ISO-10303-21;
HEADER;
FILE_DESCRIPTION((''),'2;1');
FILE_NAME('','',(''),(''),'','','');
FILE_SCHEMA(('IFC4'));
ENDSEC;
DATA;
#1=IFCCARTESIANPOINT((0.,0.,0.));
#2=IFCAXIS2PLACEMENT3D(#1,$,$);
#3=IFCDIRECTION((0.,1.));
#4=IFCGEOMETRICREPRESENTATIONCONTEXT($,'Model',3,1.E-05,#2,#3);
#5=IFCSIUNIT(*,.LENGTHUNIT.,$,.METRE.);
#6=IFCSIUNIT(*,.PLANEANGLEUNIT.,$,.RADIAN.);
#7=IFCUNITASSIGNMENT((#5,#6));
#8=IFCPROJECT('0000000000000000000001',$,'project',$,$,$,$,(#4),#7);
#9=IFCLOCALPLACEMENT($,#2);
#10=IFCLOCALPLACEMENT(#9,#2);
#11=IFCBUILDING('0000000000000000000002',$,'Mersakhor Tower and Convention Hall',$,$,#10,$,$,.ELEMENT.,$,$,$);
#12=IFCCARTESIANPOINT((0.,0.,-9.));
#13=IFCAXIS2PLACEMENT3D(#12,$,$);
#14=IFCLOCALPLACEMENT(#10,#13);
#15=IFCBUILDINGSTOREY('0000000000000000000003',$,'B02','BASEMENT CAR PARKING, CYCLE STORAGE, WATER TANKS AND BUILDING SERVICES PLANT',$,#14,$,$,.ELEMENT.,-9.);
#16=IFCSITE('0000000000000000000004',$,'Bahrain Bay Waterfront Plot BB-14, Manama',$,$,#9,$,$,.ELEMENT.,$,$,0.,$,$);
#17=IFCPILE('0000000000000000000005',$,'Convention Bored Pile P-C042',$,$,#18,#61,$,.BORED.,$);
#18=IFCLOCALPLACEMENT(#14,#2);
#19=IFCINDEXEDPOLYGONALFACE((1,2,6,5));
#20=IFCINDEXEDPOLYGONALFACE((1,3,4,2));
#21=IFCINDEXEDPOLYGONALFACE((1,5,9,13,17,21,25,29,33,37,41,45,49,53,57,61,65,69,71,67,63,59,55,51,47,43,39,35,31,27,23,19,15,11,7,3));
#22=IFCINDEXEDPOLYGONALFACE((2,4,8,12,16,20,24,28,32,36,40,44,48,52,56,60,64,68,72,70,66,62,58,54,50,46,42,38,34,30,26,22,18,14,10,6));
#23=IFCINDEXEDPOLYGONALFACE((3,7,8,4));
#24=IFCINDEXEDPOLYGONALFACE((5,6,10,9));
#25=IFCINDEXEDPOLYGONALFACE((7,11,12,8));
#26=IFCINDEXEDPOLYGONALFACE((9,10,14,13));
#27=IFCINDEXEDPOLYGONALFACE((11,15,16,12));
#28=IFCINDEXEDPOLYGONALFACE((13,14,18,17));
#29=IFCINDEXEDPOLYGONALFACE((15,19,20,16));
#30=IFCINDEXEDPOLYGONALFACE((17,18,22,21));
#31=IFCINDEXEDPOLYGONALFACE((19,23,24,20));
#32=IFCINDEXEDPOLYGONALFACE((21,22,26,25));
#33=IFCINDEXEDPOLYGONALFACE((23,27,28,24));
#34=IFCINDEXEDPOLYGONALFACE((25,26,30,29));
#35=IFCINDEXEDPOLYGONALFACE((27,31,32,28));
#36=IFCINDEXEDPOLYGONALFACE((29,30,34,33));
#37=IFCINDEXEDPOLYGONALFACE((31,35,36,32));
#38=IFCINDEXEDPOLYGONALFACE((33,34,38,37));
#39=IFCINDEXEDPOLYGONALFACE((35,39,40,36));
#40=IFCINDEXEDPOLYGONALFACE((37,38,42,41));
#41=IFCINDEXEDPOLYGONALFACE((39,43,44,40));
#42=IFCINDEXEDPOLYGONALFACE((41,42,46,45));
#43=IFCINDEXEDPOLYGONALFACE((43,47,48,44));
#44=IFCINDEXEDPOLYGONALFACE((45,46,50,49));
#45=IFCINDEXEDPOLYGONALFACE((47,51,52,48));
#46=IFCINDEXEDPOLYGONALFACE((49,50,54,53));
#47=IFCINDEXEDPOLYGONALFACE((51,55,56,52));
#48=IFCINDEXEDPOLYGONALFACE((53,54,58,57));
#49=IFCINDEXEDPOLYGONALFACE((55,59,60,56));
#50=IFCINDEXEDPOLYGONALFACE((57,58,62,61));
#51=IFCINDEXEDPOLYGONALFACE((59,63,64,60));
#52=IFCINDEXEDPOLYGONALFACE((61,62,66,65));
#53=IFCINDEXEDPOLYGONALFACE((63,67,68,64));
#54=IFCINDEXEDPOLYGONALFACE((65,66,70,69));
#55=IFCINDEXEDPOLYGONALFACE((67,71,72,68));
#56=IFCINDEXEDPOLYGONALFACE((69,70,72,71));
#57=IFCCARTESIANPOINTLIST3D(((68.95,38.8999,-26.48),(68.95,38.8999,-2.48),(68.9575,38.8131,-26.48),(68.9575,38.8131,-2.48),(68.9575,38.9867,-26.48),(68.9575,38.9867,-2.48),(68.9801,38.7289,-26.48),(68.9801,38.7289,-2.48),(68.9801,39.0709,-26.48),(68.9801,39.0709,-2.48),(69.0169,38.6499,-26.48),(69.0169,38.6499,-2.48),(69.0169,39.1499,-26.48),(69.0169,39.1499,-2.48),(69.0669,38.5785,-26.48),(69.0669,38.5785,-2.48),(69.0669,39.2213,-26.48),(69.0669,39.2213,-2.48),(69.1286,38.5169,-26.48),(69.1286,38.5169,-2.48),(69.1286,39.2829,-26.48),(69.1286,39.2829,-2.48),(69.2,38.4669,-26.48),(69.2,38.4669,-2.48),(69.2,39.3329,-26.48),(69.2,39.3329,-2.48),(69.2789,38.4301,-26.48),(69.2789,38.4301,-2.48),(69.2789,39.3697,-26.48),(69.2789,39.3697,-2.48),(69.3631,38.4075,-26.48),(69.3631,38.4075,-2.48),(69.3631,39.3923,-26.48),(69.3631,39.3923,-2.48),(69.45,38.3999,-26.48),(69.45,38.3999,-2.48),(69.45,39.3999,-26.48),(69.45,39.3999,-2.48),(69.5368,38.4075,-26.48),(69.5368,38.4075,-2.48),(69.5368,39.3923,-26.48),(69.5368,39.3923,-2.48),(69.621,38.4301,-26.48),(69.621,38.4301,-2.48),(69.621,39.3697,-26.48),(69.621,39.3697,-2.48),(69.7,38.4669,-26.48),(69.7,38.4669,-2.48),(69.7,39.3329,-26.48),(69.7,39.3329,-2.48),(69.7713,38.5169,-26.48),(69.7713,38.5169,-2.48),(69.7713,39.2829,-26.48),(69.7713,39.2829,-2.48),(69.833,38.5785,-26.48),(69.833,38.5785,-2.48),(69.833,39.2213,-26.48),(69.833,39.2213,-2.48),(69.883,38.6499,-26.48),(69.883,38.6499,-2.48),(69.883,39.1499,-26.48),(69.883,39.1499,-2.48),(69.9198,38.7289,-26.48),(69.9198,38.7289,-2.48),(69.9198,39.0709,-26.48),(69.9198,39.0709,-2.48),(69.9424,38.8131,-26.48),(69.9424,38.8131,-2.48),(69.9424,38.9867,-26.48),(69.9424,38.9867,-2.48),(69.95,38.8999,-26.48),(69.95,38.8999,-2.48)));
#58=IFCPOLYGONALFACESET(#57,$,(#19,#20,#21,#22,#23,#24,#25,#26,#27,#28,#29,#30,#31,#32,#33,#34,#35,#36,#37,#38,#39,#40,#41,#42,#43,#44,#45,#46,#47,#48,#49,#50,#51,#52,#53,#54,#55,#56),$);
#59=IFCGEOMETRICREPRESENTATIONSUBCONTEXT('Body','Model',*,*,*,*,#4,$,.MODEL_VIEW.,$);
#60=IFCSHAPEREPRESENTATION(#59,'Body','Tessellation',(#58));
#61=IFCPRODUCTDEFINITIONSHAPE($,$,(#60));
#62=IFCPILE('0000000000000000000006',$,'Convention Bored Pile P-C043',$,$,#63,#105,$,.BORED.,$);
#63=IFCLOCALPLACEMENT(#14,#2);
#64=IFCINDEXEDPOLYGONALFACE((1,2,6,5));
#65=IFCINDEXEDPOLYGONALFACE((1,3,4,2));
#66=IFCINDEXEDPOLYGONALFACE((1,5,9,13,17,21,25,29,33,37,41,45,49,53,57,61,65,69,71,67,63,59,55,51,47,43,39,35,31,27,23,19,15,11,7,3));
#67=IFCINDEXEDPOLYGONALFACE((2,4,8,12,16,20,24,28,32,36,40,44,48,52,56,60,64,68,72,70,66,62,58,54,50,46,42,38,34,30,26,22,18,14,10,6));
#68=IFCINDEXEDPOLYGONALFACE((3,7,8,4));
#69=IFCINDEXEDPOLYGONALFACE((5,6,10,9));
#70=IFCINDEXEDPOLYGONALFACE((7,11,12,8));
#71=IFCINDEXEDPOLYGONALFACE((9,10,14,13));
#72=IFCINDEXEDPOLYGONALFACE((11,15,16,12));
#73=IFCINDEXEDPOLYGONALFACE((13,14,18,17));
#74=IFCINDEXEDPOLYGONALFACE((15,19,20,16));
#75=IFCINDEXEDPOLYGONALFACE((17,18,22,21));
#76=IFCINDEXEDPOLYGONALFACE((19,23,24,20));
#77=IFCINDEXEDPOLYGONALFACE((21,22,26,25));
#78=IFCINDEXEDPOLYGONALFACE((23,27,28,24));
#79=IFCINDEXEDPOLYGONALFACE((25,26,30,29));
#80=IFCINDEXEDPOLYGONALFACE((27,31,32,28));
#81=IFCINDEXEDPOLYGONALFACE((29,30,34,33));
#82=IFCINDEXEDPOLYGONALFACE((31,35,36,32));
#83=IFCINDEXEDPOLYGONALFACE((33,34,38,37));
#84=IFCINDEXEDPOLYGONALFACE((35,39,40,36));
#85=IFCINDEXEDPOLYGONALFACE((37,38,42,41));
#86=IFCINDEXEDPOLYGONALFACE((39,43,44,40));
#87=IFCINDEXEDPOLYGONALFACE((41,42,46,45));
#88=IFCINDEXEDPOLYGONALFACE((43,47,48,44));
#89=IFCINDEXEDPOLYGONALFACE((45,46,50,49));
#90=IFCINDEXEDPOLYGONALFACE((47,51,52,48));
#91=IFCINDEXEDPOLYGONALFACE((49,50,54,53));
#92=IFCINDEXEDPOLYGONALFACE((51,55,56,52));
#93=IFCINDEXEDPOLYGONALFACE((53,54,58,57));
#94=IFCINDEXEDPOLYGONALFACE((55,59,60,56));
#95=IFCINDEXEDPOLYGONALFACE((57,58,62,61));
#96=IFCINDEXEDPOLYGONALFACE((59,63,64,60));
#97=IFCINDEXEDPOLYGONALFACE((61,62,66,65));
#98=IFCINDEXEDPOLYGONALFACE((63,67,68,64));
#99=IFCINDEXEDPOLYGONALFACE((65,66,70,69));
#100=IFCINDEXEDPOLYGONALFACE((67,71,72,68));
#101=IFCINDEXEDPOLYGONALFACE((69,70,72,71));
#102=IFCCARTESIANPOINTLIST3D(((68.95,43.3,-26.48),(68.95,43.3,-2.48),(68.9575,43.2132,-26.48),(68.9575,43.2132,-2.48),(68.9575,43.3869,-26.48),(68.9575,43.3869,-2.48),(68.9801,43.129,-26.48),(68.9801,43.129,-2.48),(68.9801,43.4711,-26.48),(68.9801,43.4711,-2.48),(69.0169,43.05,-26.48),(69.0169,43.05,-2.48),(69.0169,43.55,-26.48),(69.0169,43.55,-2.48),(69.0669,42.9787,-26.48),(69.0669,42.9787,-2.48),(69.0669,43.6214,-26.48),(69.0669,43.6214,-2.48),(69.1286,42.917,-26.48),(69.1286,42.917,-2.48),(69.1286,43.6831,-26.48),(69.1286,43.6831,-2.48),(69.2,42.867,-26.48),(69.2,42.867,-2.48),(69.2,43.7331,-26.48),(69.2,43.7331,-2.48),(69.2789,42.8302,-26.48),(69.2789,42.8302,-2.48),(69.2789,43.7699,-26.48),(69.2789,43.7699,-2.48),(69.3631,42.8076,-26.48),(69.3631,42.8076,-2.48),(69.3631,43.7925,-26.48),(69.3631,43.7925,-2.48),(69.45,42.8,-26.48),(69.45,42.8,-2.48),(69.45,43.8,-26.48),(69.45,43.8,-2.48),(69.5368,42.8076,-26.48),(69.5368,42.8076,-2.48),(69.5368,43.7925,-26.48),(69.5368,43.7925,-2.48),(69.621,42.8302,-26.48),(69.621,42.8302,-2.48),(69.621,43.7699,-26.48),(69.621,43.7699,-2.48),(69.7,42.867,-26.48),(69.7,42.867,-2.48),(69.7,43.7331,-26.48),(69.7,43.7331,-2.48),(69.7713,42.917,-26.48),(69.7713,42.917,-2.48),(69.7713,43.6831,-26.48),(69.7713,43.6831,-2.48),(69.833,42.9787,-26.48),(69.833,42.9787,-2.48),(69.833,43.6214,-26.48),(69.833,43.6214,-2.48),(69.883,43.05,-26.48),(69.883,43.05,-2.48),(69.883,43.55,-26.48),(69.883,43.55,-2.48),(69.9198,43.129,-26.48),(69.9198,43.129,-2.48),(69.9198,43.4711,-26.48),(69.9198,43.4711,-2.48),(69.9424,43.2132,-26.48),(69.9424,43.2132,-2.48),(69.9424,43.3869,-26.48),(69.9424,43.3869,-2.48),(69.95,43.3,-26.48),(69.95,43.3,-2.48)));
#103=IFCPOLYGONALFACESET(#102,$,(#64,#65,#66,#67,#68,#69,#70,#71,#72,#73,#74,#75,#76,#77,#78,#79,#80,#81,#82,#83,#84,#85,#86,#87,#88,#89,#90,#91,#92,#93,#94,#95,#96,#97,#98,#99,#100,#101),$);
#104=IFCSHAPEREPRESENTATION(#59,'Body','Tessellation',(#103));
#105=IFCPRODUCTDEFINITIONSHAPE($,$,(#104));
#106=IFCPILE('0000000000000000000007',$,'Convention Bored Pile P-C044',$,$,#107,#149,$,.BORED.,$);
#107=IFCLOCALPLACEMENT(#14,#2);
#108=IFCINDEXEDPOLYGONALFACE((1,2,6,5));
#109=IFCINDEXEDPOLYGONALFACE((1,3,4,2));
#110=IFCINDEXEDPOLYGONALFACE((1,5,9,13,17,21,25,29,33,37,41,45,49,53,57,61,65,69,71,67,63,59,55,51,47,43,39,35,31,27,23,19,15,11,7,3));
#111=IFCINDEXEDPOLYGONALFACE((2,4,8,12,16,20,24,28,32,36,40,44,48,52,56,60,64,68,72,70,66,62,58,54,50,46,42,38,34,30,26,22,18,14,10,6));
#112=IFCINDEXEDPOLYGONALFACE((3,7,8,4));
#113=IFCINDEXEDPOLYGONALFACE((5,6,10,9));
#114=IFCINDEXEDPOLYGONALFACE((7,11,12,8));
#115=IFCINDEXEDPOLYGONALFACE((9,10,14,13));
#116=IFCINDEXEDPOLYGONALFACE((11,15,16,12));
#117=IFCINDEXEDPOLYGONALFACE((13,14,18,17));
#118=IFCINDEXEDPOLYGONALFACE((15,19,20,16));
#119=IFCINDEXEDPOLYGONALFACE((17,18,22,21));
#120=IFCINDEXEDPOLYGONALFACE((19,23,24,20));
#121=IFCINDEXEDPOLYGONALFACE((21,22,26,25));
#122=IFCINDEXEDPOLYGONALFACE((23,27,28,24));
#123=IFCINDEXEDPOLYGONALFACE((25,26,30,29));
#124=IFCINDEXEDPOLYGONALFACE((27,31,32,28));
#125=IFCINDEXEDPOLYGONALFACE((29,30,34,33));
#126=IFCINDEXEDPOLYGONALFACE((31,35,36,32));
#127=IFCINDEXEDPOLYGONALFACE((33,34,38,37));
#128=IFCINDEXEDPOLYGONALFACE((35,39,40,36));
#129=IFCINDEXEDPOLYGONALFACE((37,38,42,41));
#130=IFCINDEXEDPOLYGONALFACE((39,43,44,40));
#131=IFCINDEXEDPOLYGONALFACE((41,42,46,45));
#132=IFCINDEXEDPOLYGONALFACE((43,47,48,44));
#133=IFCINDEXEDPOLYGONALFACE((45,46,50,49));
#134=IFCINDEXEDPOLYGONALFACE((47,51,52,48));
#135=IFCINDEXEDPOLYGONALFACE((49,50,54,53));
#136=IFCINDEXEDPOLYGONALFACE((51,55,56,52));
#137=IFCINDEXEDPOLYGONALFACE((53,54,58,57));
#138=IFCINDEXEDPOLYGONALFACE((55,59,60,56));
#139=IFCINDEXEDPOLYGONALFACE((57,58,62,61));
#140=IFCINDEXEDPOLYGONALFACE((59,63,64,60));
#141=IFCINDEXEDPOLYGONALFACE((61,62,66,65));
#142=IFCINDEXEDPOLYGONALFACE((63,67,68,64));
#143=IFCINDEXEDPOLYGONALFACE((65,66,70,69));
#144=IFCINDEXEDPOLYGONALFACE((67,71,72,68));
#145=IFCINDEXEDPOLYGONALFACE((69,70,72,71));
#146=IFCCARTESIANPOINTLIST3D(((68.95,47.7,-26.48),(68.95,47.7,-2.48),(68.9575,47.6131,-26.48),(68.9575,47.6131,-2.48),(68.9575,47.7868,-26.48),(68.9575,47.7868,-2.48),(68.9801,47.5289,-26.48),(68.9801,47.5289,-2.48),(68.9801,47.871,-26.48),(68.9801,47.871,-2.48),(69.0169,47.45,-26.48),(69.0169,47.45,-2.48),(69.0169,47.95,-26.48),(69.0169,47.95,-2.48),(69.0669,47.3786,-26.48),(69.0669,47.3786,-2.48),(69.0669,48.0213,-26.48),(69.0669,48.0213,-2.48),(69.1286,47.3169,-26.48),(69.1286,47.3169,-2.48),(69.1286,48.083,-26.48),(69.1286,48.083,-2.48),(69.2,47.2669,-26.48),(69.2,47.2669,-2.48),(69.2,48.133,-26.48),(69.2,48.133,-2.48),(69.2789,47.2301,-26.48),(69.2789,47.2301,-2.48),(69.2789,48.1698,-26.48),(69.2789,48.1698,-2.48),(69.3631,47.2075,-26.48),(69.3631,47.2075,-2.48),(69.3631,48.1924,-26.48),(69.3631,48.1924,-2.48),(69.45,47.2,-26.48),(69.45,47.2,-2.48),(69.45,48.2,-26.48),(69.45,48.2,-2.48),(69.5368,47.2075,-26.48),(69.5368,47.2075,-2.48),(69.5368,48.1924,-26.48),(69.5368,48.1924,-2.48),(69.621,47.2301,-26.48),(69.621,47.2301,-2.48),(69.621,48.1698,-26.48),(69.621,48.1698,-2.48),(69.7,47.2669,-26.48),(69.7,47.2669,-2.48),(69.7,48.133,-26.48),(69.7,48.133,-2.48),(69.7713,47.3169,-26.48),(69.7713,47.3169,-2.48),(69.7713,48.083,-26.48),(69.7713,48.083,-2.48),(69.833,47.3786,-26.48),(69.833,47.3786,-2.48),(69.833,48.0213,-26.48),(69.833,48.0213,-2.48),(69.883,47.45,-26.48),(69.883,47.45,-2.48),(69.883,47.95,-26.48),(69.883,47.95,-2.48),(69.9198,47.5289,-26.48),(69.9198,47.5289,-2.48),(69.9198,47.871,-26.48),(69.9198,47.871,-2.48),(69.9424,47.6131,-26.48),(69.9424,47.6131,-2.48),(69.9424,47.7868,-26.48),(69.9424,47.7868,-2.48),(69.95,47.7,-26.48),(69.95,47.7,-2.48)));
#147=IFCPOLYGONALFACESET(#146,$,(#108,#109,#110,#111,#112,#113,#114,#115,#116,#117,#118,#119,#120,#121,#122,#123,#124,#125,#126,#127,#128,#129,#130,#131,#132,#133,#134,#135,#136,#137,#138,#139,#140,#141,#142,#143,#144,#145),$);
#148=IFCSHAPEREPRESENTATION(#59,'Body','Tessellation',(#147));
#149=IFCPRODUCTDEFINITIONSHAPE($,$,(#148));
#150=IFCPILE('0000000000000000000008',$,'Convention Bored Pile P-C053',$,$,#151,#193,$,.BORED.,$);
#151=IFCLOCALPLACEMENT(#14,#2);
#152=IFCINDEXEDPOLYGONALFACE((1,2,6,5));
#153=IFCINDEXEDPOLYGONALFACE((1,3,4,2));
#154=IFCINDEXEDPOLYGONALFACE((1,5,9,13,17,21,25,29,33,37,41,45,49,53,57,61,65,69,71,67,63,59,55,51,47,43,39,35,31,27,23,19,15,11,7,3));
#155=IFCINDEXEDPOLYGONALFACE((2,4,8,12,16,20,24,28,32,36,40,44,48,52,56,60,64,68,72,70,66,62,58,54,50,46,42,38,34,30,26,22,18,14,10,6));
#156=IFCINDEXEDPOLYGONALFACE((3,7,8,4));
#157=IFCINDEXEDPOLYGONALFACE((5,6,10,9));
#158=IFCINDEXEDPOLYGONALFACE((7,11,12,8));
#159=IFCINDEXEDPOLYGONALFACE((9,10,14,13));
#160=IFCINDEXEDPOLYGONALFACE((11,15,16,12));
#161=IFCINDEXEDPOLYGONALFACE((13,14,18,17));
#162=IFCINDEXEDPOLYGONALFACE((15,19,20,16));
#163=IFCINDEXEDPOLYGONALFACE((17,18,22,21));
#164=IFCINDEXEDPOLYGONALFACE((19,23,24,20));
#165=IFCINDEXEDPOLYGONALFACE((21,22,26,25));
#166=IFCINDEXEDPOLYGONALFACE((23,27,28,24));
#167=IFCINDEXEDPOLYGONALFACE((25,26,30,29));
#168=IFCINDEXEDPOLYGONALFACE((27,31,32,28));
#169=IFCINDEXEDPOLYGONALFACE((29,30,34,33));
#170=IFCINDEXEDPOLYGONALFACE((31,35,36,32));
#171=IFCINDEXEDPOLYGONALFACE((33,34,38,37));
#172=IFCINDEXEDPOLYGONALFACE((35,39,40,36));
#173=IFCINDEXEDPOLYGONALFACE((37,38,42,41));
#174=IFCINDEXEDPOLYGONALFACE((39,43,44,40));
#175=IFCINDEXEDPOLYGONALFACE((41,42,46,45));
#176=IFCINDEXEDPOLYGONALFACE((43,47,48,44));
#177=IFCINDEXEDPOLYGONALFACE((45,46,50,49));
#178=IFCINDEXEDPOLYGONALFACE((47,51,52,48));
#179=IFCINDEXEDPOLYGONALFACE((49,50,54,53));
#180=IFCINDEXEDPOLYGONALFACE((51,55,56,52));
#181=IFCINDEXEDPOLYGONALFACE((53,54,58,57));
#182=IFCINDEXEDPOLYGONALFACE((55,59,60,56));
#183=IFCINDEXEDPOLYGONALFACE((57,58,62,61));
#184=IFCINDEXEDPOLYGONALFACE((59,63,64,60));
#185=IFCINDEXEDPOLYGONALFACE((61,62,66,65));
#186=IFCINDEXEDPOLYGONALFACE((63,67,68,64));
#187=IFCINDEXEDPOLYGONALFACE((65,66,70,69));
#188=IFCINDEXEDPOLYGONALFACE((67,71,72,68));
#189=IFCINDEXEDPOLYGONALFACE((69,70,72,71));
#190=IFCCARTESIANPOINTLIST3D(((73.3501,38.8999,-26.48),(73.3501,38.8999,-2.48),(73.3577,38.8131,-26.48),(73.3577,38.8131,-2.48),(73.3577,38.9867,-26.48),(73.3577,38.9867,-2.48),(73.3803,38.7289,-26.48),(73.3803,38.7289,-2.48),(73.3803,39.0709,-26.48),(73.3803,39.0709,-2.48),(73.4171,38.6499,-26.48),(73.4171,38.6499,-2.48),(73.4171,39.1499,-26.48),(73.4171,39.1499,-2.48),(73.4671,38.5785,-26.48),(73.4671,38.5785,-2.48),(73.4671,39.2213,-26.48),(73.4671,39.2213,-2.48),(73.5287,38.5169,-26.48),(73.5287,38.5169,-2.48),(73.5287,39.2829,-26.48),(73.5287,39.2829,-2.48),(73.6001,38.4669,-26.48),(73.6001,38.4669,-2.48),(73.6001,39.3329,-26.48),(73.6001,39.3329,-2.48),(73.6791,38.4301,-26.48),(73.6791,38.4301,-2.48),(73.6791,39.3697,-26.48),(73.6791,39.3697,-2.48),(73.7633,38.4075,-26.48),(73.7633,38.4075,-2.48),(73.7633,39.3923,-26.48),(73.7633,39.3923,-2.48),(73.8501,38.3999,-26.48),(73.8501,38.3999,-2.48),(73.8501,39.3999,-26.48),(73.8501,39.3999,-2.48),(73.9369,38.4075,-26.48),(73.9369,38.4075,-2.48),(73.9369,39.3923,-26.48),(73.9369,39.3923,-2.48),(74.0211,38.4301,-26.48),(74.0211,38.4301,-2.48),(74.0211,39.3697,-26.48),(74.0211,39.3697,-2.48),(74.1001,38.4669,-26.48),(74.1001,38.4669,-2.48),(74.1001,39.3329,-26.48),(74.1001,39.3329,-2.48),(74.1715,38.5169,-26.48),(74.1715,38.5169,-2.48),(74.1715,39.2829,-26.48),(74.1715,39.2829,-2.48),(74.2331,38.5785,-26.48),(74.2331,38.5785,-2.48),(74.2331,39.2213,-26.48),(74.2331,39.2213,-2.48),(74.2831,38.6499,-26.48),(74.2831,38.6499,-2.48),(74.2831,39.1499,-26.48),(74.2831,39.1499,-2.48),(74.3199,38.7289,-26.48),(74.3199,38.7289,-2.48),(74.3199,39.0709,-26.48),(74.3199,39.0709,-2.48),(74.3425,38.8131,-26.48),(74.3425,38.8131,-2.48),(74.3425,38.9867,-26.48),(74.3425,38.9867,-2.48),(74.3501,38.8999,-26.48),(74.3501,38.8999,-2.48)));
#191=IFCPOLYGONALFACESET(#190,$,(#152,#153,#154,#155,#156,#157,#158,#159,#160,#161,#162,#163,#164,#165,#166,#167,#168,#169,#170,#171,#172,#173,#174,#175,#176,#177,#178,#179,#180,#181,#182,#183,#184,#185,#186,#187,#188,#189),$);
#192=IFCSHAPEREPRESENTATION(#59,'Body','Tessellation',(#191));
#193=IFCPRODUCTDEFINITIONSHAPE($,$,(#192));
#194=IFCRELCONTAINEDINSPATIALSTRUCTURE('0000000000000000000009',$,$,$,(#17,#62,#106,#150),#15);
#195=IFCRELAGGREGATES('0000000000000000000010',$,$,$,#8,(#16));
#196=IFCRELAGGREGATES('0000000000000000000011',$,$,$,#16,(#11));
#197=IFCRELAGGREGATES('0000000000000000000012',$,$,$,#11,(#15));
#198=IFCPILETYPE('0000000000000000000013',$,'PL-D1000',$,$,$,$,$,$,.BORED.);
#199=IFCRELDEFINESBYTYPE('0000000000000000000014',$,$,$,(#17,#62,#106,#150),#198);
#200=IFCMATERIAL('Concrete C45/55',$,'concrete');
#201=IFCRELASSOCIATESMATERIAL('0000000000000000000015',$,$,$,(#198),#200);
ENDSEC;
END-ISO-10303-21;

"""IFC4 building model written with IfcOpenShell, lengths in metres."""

from ifc_helpers import new_model, si_unit, direction, frame, origin, origin_2d, place, context, subcontext, project, spatial, circle, extrude, material, material_profile, profile_set, type_object, element, save


model = new_model("IFC4")

# Units and contexts
model_context = context("Model", 3, precision=1e-05, world=origin(), true_north=direction((0.0, 1.0)))
body_context = subcontext(model_context, "Body", "Model", "MODEL_VIEW")
ifc_project = project(units=[si_unit("LENGTHUNIT", "METRE"), si_unit("PLANEANGLEUNIT", "RADIAN")], contexts=[model_context])

# Site, building, storey
site_placement = place(None, origin())
site = spatial("IfcSite", under=ifc_project, at=site_placement, Name="Bahrain Bay Waterfront Plot BB-14, Manama", CompositionType="ELEMENT", RefElevation=0.0)
building_placement = place(site_placement, origin())
building = spatial("IfcBuilding", under=site, at=building_placement, Name="Mersakhor Tower and Convention Hall", CompositionType="ELEMENT")
storey_placement = place(building_placement, frame((0.0, 0.0, -9.0)))
storey = spatial("IfcBuildingStorey", under=building, at=storey_placement, Name="B02", Description="BASEMENT CAR PARKING, CYCLE STORAGE, WATER TANKS AND BUILDING SERVICES PLANT", CompositionType="ELEMENT", Elevation=-9.0)

# Piles
ifc_material_1 = material(Name="Concrete C45/55", Category="concrete")
ifc_material_profile_1 = material_profile(ifc_material_1, circle(Radius=0.5, at=origin_2d()), Name="PILE D1000")
ifc_profile_set_1 = profile_set([ifc_material_profile_1], Name="Concrete C45/55")
pile_type = type_object("IfcPileType", Name="PL-D1000", PredefinedType="BORED", material=ifc_profile_set_1)
for number, where, z_axis, x_axis, name in (
    (1, (69.45, 38.8999, -2.48), (0.0, 0.0, -1.0), (1.0, 0.0, 0.0), "Convention Bored Pile P-C042"),
    (2, (69.45, 43.3, -2.48), (0.0, 0.0, -1.0), (1.0, 0.0, 0.0), "Convention Bored Pile P-C043"),
    (3, (69.45, 47.7, -2.48), (0.0, 0.0, -1.0), (1.0, 0.0, 0.0), "Convention Bored Pile P-C044"),
    (4, (73.8501, 38.8999, -2.48), (0.0, 0.0, -1.0), (1.0, 0.0, 0.0), "Convention Bored Pile P-C053"),
):
    element("IfcPile", number, at=place(storey_placement, frame(where, z_axis=z_axis, x_axis=x_axis)), inside=storey, type_object=pile_type, Name=name, PredefinedType="BORED", context=body_context, shape_type="SweptSolid", body=[
        extrude(circle(Radius=0.5, at=origin_2d()), origin(), (0.0, 0.0, 1.0), 24.0),
    ])

save(model, "model.ifc")
